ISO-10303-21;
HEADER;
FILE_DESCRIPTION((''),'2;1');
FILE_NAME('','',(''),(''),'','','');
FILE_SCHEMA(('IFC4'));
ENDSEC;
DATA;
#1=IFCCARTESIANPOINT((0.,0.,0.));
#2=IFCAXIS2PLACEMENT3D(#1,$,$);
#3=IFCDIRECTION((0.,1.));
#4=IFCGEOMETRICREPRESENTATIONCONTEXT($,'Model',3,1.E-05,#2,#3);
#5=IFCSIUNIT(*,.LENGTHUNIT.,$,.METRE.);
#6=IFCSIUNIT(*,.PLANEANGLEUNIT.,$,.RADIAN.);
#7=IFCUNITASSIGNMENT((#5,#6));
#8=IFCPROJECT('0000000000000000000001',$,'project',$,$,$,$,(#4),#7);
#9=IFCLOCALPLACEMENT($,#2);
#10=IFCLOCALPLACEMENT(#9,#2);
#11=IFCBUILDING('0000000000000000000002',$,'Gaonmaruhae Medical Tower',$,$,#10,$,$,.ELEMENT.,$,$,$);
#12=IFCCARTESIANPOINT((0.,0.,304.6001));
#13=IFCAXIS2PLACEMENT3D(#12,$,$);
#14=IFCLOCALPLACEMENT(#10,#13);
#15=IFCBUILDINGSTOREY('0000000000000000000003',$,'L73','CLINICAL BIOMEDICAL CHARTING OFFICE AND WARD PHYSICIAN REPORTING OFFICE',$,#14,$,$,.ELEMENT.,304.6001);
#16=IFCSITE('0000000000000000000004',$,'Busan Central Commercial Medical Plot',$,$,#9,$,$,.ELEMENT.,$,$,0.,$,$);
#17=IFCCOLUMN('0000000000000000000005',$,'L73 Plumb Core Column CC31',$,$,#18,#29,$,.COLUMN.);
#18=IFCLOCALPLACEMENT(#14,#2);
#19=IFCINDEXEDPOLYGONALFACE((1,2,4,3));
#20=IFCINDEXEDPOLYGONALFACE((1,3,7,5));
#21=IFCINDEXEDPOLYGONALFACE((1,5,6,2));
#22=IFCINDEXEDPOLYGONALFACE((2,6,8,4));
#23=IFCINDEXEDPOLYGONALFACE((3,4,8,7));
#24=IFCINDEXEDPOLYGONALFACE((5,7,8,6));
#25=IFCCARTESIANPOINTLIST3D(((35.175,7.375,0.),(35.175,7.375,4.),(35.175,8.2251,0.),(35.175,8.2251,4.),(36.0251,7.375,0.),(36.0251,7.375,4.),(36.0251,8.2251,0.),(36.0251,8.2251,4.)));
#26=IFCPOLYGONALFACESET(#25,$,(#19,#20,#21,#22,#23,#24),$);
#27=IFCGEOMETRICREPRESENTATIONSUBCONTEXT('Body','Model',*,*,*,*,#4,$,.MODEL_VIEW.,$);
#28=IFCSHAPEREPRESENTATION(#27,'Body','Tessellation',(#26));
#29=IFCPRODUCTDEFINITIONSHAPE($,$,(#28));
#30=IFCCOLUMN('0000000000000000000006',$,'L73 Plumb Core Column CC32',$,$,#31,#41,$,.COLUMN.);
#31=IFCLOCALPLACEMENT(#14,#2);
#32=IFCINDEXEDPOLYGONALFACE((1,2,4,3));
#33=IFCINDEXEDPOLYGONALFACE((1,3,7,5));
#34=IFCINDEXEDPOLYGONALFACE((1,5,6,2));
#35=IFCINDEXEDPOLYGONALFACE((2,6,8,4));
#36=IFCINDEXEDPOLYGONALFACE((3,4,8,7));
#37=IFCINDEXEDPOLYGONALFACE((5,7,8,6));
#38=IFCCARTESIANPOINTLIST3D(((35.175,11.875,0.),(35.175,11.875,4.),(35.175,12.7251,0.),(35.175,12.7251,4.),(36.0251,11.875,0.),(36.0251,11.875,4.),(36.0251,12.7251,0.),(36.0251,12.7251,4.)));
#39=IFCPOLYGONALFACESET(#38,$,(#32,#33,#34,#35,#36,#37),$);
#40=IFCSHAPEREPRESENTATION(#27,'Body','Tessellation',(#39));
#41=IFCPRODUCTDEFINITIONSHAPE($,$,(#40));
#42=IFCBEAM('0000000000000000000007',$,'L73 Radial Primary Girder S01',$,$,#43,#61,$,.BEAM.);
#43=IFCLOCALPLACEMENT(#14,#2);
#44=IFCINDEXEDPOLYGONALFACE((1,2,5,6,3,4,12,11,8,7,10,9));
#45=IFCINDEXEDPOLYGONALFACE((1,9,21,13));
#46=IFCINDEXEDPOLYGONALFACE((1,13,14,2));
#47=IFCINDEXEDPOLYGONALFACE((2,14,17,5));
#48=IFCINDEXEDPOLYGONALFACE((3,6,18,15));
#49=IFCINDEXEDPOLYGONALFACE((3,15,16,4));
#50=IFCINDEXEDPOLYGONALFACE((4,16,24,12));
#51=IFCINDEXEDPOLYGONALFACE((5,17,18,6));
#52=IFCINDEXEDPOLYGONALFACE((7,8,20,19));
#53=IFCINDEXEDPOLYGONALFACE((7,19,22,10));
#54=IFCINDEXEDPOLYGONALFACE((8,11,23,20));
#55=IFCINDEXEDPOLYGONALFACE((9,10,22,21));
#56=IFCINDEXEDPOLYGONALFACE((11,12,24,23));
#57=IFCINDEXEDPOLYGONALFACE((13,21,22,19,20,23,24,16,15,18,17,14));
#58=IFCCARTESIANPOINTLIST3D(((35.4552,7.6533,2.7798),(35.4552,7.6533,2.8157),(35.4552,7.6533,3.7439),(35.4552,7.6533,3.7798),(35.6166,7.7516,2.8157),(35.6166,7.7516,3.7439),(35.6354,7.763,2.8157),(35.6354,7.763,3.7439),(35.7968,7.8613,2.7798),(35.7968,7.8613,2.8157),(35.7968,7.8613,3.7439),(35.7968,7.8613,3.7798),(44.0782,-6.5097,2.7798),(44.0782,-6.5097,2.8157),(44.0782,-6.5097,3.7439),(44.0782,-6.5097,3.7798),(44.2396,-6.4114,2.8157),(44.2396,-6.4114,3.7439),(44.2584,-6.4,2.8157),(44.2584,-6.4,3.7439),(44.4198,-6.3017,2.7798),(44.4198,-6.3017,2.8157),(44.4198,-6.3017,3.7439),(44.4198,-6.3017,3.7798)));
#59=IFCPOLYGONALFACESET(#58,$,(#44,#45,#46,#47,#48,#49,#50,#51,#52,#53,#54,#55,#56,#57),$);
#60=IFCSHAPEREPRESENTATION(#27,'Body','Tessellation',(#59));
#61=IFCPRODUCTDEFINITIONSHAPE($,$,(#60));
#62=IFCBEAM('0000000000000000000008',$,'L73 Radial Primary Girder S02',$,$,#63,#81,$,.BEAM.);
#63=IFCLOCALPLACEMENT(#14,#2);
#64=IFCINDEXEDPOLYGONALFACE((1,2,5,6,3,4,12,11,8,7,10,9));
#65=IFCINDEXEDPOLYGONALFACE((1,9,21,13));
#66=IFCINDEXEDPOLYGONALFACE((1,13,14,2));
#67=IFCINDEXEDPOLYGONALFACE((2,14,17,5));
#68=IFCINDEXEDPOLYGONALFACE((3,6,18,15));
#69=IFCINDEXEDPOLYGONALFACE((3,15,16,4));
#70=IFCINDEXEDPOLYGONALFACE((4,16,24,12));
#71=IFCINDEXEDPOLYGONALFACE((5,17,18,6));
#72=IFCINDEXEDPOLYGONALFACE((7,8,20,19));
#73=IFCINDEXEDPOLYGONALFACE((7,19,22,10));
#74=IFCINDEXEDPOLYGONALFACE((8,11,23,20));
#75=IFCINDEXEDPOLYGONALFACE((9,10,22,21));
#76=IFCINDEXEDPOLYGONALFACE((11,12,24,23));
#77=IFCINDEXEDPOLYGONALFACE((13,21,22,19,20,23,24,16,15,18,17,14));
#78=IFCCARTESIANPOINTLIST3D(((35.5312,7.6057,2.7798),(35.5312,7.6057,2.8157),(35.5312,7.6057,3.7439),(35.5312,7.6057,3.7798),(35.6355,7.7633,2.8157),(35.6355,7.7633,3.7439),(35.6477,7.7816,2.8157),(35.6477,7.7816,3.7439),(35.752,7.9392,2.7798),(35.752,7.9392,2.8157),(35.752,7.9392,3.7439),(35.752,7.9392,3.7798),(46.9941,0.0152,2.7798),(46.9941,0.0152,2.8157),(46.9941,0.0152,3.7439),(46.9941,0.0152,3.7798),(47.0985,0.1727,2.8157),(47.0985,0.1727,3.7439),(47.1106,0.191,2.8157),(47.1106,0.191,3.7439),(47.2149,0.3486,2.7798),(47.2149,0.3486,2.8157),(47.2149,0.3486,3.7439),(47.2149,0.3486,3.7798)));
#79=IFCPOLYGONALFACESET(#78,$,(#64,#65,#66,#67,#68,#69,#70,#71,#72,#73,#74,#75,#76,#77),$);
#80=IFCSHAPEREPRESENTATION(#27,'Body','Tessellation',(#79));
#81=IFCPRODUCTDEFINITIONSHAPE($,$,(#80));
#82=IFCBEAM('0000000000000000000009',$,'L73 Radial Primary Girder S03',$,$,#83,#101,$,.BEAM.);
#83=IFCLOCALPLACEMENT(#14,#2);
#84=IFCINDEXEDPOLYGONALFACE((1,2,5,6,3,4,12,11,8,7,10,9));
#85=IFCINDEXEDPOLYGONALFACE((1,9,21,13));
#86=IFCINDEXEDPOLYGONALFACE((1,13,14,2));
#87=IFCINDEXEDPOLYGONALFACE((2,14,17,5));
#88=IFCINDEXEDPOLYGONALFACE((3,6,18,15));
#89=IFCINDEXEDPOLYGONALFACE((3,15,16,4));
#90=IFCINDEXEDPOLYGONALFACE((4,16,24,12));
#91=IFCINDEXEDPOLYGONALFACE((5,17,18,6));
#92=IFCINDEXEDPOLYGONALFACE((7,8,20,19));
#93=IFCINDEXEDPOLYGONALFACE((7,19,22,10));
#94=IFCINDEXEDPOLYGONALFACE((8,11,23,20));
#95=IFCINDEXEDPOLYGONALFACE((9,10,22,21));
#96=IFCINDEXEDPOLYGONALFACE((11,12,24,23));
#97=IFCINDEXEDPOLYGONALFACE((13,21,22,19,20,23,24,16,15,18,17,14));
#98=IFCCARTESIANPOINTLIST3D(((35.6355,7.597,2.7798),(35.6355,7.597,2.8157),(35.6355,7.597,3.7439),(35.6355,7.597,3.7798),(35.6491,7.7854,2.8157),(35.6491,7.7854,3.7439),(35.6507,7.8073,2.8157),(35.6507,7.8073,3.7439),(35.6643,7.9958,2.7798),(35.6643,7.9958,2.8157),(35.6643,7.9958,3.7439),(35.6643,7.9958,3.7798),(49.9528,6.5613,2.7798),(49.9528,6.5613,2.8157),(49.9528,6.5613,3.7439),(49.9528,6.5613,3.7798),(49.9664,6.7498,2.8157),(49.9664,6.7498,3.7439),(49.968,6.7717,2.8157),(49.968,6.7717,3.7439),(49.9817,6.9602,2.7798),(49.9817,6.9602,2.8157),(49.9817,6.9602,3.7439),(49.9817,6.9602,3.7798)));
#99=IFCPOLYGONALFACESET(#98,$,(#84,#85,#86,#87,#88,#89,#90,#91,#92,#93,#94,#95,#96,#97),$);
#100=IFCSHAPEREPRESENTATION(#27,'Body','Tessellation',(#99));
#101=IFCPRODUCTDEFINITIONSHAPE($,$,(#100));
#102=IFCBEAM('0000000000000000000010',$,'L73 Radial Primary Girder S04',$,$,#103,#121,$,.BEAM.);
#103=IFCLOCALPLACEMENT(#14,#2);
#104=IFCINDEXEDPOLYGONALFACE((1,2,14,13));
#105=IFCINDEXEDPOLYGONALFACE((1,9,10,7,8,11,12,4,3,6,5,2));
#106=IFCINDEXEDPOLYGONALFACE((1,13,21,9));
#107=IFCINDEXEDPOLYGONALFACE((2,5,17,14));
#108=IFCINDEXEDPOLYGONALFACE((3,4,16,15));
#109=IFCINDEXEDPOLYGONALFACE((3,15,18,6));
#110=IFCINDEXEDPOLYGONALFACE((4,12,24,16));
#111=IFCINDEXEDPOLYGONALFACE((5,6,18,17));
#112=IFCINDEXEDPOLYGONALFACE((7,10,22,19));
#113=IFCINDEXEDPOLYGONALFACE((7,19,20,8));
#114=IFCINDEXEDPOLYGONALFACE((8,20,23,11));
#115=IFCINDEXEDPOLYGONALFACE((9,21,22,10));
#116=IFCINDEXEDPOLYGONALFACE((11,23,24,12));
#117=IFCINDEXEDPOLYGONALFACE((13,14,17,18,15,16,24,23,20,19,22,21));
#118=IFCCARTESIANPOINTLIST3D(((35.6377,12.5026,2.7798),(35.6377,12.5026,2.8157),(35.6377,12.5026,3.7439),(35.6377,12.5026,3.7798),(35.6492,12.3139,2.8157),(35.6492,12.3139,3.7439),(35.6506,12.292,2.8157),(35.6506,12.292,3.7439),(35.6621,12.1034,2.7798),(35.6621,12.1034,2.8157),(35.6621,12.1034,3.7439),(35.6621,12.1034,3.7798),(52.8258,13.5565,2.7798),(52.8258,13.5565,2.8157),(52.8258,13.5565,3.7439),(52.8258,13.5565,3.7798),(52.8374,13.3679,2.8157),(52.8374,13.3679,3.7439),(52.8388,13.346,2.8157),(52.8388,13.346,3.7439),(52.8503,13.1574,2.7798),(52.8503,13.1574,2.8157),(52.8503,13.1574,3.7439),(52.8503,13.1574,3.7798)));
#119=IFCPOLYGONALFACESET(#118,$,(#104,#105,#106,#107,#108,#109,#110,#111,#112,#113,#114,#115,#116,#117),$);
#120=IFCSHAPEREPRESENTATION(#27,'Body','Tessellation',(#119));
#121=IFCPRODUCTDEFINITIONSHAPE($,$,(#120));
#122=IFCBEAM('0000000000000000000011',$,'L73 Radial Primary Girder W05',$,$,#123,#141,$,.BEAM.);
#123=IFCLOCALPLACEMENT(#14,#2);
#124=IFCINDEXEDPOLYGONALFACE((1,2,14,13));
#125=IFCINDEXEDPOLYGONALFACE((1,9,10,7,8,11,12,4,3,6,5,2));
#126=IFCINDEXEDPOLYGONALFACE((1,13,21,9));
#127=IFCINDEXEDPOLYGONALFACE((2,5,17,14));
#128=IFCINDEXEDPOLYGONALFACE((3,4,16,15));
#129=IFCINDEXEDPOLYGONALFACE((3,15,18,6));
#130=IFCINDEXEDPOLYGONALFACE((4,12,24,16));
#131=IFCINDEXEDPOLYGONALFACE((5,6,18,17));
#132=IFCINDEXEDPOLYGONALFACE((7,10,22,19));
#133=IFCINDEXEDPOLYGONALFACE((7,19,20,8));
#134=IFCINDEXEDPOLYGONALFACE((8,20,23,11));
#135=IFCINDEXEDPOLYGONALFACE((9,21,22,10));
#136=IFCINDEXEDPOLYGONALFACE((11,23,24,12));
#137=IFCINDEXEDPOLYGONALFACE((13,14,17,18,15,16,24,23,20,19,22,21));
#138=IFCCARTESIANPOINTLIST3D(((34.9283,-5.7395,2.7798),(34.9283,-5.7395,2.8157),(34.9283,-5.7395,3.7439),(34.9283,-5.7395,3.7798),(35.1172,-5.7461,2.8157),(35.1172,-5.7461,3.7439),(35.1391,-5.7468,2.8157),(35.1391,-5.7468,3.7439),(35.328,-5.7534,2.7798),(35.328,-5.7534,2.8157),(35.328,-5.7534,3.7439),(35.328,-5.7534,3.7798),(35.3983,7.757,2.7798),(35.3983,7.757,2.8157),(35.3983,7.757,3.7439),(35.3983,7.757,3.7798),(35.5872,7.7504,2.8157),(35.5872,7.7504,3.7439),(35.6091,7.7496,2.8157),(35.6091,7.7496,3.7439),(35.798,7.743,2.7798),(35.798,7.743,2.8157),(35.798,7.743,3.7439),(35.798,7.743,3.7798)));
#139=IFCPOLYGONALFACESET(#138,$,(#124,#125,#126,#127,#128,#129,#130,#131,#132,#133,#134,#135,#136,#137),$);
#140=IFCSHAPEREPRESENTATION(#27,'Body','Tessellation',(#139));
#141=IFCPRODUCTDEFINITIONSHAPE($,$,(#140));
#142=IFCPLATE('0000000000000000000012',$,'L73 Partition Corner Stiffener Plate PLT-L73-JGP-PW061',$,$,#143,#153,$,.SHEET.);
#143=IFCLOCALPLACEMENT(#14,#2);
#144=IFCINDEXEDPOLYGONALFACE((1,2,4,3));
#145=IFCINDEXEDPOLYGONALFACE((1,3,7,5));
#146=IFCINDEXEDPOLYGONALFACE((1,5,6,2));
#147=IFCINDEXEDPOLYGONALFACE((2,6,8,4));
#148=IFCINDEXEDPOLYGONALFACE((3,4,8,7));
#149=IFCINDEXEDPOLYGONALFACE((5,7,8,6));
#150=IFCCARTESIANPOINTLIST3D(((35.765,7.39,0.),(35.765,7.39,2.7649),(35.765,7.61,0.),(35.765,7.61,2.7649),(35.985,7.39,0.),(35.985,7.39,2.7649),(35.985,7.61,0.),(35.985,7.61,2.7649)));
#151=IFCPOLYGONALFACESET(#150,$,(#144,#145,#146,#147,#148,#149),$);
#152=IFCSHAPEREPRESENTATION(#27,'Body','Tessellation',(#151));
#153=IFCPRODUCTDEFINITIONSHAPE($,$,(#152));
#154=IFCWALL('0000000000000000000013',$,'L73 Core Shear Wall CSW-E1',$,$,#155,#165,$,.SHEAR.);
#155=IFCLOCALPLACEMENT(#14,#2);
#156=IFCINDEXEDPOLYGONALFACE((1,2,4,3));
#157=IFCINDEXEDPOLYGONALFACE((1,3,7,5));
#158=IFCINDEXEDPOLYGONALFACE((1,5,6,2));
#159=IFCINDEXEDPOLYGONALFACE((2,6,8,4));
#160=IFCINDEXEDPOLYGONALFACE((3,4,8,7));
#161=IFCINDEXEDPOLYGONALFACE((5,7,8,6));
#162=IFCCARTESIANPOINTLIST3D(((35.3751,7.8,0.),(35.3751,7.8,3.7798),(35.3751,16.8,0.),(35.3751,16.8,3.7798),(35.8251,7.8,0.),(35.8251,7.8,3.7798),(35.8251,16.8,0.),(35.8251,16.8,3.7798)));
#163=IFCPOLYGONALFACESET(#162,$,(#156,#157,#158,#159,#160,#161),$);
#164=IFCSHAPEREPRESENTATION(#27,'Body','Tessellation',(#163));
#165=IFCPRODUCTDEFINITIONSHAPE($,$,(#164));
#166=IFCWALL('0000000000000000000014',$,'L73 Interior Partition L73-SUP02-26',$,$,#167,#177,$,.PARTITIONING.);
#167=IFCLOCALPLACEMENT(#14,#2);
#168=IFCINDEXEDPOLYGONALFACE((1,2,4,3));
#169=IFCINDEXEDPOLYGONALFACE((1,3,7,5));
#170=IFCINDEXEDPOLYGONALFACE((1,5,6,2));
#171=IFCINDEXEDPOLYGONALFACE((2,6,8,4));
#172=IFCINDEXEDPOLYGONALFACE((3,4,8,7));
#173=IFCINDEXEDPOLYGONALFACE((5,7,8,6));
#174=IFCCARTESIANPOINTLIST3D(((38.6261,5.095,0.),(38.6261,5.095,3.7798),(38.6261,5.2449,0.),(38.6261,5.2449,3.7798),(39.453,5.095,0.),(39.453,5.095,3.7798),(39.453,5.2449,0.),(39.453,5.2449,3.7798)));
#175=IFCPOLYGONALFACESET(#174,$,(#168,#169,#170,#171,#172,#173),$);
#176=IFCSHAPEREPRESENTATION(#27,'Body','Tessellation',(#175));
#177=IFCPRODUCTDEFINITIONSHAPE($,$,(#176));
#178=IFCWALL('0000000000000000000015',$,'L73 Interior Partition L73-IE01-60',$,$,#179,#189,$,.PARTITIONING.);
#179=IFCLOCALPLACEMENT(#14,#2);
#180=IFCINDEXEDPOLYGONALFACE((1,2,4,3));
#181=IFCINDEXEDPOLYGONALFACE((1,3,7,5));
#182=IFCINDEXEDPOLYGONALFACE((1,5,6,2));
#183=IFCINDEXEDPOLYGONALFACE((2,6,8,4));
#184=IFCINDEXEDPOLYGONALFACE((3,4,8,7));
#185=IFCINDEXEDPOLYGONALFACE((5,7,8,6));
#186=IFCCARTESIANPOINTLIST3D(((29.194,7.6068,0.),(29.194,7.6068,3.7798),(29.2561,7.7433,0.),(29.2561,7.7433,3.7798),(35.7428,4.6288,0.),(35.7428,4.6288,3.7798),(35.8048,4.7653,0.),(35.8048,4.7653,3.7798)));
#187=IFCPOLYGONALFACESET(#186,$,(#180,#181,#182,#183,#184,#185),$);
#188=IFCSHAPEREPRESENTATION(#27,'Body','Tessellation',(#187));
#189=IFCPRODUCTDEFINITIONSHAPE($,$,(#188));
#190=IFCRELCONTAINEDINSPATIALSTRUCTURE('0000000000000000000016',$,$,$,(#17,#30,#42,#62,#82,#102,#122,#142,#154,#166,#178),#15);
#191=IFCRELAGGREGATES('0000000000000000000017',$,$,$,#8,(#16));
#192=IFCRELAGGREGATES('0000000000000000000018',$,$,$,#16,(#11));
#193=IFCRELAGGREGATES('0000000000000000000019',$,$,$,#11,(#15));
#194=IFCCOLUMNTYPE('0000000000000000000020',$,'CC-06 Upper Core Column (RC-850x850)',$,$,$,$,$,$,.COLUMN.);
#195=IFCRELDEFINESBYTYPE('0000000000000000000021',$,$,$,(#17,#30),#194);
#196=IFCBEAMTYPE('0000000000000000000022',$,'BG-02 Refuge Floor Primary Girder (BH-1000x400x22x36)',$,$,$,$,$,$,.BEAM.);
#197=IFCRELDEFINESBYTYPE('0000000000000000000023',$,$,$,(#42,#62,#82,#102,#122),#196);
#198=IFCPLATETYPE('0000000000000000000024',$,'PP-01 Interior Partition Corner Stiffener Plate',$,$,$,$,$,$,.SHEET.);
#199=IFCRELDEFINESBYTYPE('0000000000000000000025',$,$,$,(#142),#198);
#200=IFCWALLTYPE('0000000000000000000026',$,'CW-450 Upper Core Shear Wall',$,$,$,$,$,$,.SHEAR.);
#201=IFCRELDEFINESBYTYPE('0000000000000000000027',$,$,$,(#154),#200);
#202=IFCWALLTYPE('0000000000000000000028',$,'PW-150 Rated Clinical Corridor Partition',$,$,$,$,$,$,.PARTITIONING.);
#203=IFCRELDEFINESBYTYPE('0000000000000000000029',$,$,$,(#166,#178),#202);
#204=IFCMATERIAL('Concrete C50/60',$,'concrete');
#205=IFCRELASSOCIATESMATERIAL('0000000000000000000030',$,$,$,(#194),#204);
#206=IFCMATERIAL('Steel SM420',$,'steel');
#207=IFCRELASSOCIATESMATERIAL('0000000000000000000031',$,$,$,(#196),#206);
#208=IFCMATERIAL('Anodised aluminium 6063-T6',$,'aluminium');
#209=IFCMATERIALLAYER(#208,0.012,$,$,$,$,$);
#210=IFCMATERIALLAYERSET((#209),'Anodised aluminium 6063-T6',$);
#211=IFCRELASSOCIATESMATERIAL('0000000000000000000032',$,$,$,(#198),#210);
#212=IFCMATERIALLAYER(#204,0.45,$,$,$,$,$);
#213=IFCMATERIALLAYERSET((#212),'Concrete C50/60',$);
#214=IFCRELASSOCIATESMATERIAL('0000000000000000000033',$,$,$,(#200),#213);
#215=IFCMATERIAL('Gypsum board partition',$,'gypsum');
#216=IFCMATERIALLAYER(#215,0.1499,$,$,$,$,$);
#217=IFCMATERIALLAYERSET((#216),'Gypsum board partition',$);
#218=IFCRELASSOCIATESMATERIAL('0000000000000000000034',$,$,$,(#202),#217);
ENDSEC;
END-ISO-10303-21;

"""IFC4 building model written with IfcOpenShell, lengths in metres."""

from ifc_helpers import new_model, si_unit, direction, frame, frame_2d, origin, origin_2d, place, context, subcontext, project, spatial, rectangle, i_section, extrude, material, layer, layer_set, material_profile, profile_set, type_object, element, save


model = new_model("IFC4")

# Units and contexts
model_context = context("Model", 3, precision=1e-05, world=origin(), true_north=direction((0.0, 1.0)))
body_context = subcontext(model_context, "Body", "Model", "MODEL_VIEW")
ifc_project = project(units=[si_unit("LENGTHUNIT", "METRE"), si_unit("PLANEANGLEUNIT", "RADIAN")], contexts=[model_context])

# Site, building, storey
site_placement = place(None, origin())
site = spatial("IfcSite", under=ifc_project, at=site_placement, Name="Busan Central Commercial Medical Plot", CompositionType="ELEMENT", RefElevation=0.0)
building_placement = place(site_placement, origin())
building = spatial("IfcBuilding", under=site, at=building_placement, Name="Gaonmaruhae Medical Tower", CompositionType="ELEMENT")
storey_placement = place(building_placement, frame((0.0, 0.0, 304.6001)))
storey = spatial("IfcBuildingStorey", under=building, at=storey_placement, Name="L73", Description="CLINICAL BIOMEDICAL CHARTING OFFICE AND WARD PHYSICIAN REPORTING OFFICE", CompositionType="ELEMENT", Elevation=304.6001)

# Columns
ifc_material_1 = material(Name="Concrete C50/60", Category="concrete")
ifc_material_profile_1 = material_profile(ifc_material_1, rectangle(XDim=0.8501, YDim=0.8501, at=origin_2d()), Name="RC-850x850")
ifc_profile_set_1 = profile_set([ifc_material_profile_1], Name="Concrete C50/60")
column_type = type_object("IfcColumnType", Name="CC-06 Upper Core Column (RC-850x850)", PredefinedType="COLUMN", material=ifc_profile_set_1)
for number, where, z_axis, x_axis, name in (
    (1, (35.6001, 7.8, 0.0), (0.0, 0.0, 1.0), (1.0, 0.0, 0.0), "L73 Plumb Core Column CC31"),
    (2, (35.6001, 12.3, 0.0), (0.0, 0.0, 1.0), (1.0, 0.0, 0.0), "L73 Plumb Core Column CC32"),
):
    element("IfcColumn", number, at=place(storey_placement, frame(where, z_axis=z_axis, x_axis=x_axis)), inside=storey, type_object=column_type, Name=name, PredefinedType="COLUMN", context=body_context, shape_type="SweptSolid", body=[
        extrude(rectangle(XDim=0.8501, YDim=0.8501, at=origin_2d()), origin(), (0.0, 0.0, 1.0), 4.0),
    ])

# Beams
ifc_material_2 = material(Name="Steel SM420", Category="steel")
ifc_material_profile_2 = material_profile(ifc_material_2, i_section(OverallWidth=0.3999, OverallDepth=1.0, WebThickness=0.022, FlangeThickness=0.0359, at=origin_2d()), Name="BH-1000x400x22x36")
ifc_profile_set_2 = profile_set([ifc_material_profile_2], Name="Steel SM420")
beam_type = type_object("IfcBeamType", Name="BG-02 Refuge Floor Primary Girder (BH-1000x400x22x36)", PredefinedType="BEAM", material=ifc_profile_set_2)
beam_1_placement = place(storey_placement, frame((35.626, 7.7573, 3.2798), z_axis=(0.520037, -0.854144, 0.0), x_axis=(0.854144, 0.520037, 0.0)))
element("IfcBeam", 3, at=beam_1_placement, inside=storey, type_object=beam_type, Name="L73 Radial Primary Girder S01", PredefinedType="BEAM", context=body_context, shape_type="SweptSolid", body=[
    extrude(i_section(OverallWidth=0.3999, OverallDepth=1.0, WebThickness=0.022, FlangeThickness=0.0359, at=origin_2d()), origin(), (0.0, 0.0, 1.0), 16.5815),
])
beam_2_placement = place(storey_placement, frame((35.6416, 7.7725, 3.2798), z_axis=(0.83377, -0.552112, 0.0), x_axis=(0.552112, 0.83377, 0.0)))
element("IfcBeam", 4, at=beam_2_placement, inside=storey, type_object=beam_type, Name="L73 Radial Primary Girder S02", PredefinedType="BEAM", context=body_context, shape_type="SweptSolid", body=[
    extrude(i_section(OverallWidth=0.3999, OverallDepth=1.0, WebThickness=0.022, FlangeThickness=0.0359, at=origin_2d()), origin(), (0.0, 0.0, 1.0), 13.7483),
])
beam_3_placement = place(storey_placement, frame((35.6499, 7.7964, 3.2798), z_axis=(0.997394, -0.072146, 0.0), x_axis=(0.072146, 0.997394, 0.0)))
element("IfcBeam", 5, at=beam_3_placement, inside=storey, type_object=beam_type, Name="L73 Radial Primary Girder S03", PredefinedType="BEAM", context=body_context, shape_type="SweptSolid", body=[
    extrude(i_section(OverallWidth=0.3999, OverallDepth=1.0, WebThickness=0.022, FlangeThickness=0.0359, at=origin_2d()), origin(), (0.0, 0.0, 1.0), 14.3547),
])
beam_4_placement = place(storey_placement, frame((35.6499, 12.303, 3.2798), z_axis=(0.998125, 0.061203, 0.0), x_axis=(-0.061203, 0.998125, 0.0)))
element("IfcBeam", 6, at=beam_4_placement, inside=storey, type_object=beam_type, Name="L73 Radial Primary Girder S04", PredefinedType="BEAM", context=body_context, shape_type="SweptSolid", body=[
    extrude(i_section(OverallWidth=0.3999, OverallDepth=1.0, WebThickness=0.022, FlangeThickness=0.0359, at=origin_2d()), origin(), (0.0, 0.0, 1.0), 17.2205),
])
beam_5_placement = place(storey_placement, frame((35.5981, 7.75, 3.2798), z_axis=(-0.034801, -0.999394, 0.0), x_axis=(0.999394, -0.034801, 0.0)))
element("IfcBeam", 7, at=beam_5_placement, inside=storey, type_object=beam_type, Name="L73 Radial Primary Girder W05", PredefinedType="BEAM", context=body_context, shape_type="SweptSolid", body=[
    extrude(i_section(OverallWidth=0.3999, OverallDepth=1.0, WebThickness=0.022, FlangeThickness=0.0359, at=origin_2d()), origin(), (0.0, 0.0, 1.0), 13.5046),
])

# Plate
ifc_material_3 = material(Name="Anodised aluminium 6063-T6", Category="aluminium")
ifc_layer_1 = layer(ifc_material_3, 0.012)
ifc_layer_set_1 = layer_set([ifc_layer_1], Name="Anodised aluminium 6063-T6")
plate_type = type_object("IfcPlateType", Name="PP-01 Interior Partition Corner Stiffener Plate", PredefinedType="SHEET", material=ifc_layer_set_1)
plate_placement = place(storey_placement, frame((35.875, 7.5, 0.0), z_axis=(0.0, 0.0, 1.0), x_axis=(1.0, 0.0, 0.0)))
element("IfcPlate", 8, at=plate_placement, inside=storey, type_object=plate_type, Name="L73 Partition Corner Stiffener Plate PLT-L73-JGP-PW061", PredefinedType="SHEET", context=body_context, shape_type="SweptSolid", body=[
    extrude(rectangle(XDim=0.22, YDim=0.22, at=origin_2d()), origin(), (0.0, 0.0, 1.0), 2.7649),
])

# Walls
ifc_layer_2 = layer(ifc_material_1, 0.45)
ifc_layer_set_2 = layer_set([ifc_layer_2], Name="Concrete C50/60")
wall_type_1 = type_object("IfcWallType", Name="CW-450 Upper Core Shear Wall", PredefinedType="SHEAR", material=ifc_layer_set_2)
wall_1_placement = place(storey_placement, frame((35.6001, 7.8, 0.0), z_axis=(0.0, 0.0, 1.0), x_axis=(0.0, 1.0, 0.0)))
element("IfcWall", 9, at=wall_1_placement, inside=storey, type_object=wall_type_1, Name="L73 Core Shear Wall CSW-E1", PredefinedType="SHEAR", context=body_context, shape_type="SweptSolid", body=[
    extrude(rectangle(XDim=9.0, YDim=0.45, at=frame_2d((4.5, 0.0))), origin(), (0.0, 0.0, 1.0), 3.7798),
])
ifc_material_4 = material(Name="Gypsum board partition", Category="gypsum")
ifc_layer_3 = layer(ifc_material_4, 0.1499)
ifc_layer_set_3 = layer_set([ifc_layer_3], Name="Gypsum board partition")
wall_type_2 = type_object("IfcWallType", Name="PW-150 Rated Clinical Corridor Partition", PredefinedType="PARTITIONING", material=ifc_layer_set_3)
wall_2_placement = place(storey_placement, frame((38.626, 5.1699, 0.0), z_axis=(0.0, 0.0, 1.0), x_axis=(1.0, 0.0, 0.0)))
element("IfcWall", 10, at=wall_2_placement, inside=storey, type_object=wall_type_2, Name="L73 Interior Partition L73-SUP02-26", PredefinedType="PARTITIONING", context=body_context, shape_type="SweptSolid", body=[
    extrude(rectangle(XDim=0.8269, YDim=0.1499, at=frame_2d((0.4136, 0.0))), origin(), (0.0, 0.0, 1.0), 3.7798),
])
wall_3_placement = place(storey_placement, frame((35.7739, 4.697, 0.0), z_axis=(0.0, 0.0, 1.0), x_axis=(-0.910299, 0.413951, 0.0)))
element("IfcWall", 11, at=wall_3_placement, inside=storey, type_object=wall_type_2, Name="L73 Interior Partition L73-IE01-60", PredefinedType="PARTITIONING", context=body_context, shape_type="SweptSolid", body=[
    extrude(rectangle(XDim=7.1941, YDim=0.1499, at=frame_2d((3.5972, 0.0))), origin(), (0.0, 0.0, 1.0), 3.7798),
])

save(model, "model.ifc")
